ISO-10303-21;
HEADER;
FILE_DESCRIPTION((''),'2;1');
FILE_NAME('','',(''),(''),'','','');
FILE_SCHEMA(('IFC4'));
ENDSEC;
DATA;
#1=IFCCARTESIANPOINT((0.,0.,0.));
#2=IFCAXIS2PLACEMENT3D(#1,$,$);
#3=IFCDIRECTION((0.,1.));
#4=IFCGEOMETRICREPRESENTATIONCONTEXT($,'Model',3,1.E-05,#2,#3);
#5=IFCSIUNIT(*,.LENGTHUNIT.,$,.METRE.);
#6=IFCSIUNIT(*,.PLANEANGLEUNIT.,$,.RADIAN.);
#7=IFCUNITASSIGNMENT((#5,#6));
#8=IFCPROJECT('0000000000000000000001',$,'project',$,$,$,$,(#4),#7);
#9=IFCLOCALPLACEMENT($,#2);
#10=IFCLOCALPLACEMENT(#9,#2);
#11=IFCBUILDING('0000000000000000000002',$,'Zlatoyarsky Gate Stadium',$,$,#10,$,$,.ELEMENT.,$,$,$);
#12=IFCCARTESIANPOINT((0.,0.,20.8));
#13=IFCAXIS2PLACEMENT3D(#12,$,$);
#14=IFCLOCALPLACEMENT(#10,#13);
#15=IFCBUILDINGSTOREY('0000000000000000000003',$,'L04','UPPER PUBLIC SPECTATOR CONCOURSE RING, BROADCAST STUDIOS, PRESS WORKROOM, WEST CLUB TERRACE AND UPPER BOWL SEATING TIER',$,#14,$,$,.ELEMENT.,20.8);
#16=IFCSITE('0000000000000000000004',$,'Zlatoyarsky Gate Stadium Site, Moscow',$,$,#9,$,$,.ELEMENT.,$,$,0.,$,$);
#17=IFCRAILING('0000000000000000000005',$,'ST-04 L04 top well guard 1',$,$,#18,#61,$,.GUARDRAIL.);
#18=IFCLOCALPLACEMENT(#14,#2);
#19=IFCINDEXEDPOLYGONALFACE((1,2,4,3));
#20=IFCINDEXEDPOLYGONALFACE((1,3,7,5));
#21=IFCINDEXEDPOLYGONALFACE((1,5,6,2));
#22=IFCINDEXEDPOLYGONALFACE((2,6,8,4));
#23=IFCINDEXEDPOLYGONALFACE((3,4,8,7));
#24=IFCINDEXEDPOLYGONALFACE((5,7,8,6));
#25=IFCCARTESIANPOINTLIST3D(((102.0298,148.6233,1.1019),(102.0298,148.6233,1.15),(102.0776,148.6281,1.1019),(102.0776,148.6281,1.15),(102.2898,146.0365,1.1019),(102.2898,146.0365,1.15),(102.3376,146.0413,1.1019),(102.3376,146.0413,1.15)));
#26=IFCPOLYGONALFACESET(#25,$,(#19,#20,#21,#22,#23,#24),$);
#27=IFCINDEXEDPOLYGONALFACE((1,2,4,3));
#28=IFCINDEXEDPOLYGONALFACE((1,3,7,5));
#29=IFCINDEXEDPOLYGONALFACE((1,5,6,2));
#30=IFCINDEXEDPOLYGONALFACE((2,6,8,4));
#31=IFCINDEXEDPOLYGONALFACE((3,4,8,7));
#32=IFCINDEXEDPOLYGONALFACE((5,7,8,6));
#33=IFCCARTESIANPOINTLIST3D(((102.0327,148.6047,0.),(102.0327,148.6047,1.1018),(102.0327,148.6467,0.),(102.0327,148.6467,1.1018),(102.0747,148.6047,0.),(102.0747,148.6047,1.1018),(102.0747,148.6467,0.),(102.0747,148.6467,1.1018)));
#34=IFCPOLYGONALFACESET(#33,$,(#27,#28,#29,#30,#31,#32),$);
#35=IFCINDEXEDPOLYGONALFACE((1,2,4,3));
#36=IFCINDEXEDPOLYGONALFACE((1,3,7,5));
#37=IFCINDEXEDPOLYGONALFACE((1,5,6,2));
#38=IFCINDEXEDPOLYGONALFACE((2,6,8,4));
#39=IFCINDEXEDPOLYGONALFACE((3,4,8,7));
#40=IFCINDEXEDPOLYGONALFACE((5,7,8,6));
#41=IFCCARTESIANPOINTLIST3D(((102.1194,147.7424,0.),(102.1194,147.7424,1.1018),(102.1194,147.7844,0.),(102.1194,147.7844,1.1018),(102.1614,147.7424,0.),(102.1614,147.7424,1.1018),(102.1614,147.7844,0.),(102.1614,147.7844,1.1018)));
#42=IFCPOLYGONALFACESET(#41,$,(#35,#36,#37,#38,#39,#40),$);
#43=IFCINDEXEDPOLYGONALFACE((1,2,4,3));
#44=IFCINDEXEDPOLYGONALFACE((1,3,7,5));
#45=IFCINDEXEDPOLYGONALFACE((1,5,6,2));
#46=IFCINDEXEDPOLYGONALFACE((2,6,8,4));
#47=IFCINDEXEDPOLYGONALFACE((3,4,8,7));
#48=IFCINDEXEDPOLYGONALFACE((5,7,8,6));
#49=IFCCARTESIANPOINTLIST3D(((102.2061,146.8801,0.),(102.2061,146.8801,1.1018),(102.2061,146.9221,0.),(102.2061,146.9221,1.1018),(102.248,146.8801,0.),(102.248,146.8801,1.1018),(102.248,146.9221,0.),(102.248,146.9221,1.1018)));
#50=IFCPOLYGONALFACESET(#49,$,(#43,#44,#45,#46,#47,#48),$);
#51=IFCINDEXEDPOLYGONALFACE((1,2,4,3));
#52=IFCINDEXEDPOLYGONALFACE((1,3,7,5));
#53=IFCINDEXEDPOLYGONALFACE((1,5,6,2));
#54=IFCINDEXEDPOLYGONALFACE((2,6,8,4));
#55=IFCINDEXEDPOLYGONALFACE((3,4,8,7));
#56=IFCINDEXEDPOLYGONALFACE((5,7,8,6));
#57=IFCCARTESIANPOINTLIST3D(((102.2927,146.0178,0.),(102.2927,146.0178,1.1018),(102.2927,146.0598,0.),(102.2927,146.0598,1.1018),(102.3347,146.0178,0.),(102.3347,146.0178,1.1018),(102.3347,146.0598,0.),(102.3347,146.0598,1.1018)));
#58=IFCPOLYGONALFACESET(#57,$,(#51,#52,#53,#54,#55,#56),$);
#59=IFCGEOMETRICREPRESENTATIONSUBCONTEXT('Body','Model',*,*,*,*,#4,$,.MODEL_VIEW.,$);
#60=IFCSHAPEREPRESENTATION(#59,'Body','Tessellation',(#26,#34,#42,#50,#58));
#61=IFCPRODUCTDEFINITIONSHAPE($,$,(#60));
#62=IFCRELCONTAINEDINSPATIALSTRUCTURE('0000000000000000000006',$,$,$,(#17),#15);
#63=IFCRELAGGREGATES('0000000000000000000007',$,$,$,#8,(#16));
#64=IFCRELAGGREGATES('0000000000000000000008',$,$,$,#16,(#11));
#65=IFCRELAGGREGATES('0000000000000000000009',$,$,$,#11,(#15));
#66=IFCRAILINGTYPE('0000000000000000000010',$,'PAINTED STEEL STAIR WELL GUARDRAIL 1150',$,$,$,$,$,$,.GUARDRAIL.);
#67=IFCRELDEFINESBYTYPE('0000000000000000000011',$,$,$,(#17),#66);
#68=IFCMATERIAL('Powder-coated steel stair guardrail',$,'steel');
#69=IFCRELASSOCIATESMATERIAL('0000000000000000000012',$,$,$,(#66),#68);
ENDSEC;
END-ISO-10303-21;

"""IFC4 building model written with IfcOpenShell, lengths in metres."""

from ifc_helpers import new_model, si_unit, direction, frame, origin, origin_2d, place, context, subcontext, project, spatial, rectangle, extrude, material, type_object, element, save


model = new_model("IFC4")

# Units and contexts
model_context = context("Model", 3, precision=1e-05, world=origin(), true_north=direction((0.0, 1.0)))
body_context = subcontext(model_context, "Body", "Model", "MODEL_VIEW")
ifc_project = project(units=[si_unit("LENGTHUNIT", "METRE"), si_unit("PLANEANGLEUNIT", "RADIAN")], contexts=[model_context])

# Site, building, storey
site_placement = place(None, origin())
site = spatial("IfcSite", under=ifc_project, at=site_placement, Name="Zlatoyarsky Gate Stadium Site, Moscow", CompositionType="ELEMENT", RefElevation=0.0)
building_placement = place(site_placement, origin())
building = spatial("IfcBuilding", under=site, at=building_placement, Name="Zlatoyarsky Gate Stadium", CompositionType="ELEMENT")
storey_placement = place(building_placement, frame((0.0, 0.0, 20.8)))
storey = spatial("IfcBuildingStorey", under=building, at=storey_placement, Name="L04", Description="UPPER PUBLIC SPECTATOR CONCOURSE RING, BROADCAST STUDIOS, PRESS WORKROOM, WEST CLUB TERRACE AND UPPER BOWL SEATING TIER", CompositionType="ELEMENT", Elevation=20.8)

# Railing
ifc_material_1 = material(Name="Powder-coated steel stair guardrail", Category="steel")
railing_type = type_object("IfcRailingType", Name="PAINTED STEEL STAIR WELL GUARDRAIL 1150", PredefinedType="GUARDRAIL", material=ifc_material_1)
railing_placement = place(storey_placement, frame((102.0537, 148.6257, 0.0)))
element("IfcRailing", 1, at=railing_placement, inside=storey, type_object=railing_type, Name="ST-04 L04 top well guard 1", PredefinedType="GUARDRAIL", context=body_context, shape_type="SweptSolid", body=[
    extrude(rectangle(XDim=0.0481, YDim=0.0481, at=origin_2d()), frame((0.0, 0.0, 1.126), z_axis=(0.100006, -0.994987, 0.0), x_axis=(0.994987, 0.100006, 0.0)), (0.0, 0.0, 1.0), 2.5999),
    extrude(rectangle(XDim=0.042, YDim=0.042, at=origin_2d()), origin(), (0.0, 0.0, 1.0), 1.1018),
    extrude(rectangle(XDim=0.042, YDim=0.042, at=origin_2d()), frame((0.0867, -0.8623, 0.0)), (0.0, 0.0, 1.0), 1.1018),
    extrude(rectangle(XDim=0.042, YDim=0.042, at=origin_2d()), frame((0.1733, -1.7246, 0.0)), (0.0, 0.0, 1.0), 1.1018),
    extrude(rectangle(XDim=0.042, YDim=0.042, at=origin_2d()), frame((0.26, -2.5869, 0.0)), (0.0, 0.0, 1.0), 1.1018),
])

save(model, "model.ifc")
